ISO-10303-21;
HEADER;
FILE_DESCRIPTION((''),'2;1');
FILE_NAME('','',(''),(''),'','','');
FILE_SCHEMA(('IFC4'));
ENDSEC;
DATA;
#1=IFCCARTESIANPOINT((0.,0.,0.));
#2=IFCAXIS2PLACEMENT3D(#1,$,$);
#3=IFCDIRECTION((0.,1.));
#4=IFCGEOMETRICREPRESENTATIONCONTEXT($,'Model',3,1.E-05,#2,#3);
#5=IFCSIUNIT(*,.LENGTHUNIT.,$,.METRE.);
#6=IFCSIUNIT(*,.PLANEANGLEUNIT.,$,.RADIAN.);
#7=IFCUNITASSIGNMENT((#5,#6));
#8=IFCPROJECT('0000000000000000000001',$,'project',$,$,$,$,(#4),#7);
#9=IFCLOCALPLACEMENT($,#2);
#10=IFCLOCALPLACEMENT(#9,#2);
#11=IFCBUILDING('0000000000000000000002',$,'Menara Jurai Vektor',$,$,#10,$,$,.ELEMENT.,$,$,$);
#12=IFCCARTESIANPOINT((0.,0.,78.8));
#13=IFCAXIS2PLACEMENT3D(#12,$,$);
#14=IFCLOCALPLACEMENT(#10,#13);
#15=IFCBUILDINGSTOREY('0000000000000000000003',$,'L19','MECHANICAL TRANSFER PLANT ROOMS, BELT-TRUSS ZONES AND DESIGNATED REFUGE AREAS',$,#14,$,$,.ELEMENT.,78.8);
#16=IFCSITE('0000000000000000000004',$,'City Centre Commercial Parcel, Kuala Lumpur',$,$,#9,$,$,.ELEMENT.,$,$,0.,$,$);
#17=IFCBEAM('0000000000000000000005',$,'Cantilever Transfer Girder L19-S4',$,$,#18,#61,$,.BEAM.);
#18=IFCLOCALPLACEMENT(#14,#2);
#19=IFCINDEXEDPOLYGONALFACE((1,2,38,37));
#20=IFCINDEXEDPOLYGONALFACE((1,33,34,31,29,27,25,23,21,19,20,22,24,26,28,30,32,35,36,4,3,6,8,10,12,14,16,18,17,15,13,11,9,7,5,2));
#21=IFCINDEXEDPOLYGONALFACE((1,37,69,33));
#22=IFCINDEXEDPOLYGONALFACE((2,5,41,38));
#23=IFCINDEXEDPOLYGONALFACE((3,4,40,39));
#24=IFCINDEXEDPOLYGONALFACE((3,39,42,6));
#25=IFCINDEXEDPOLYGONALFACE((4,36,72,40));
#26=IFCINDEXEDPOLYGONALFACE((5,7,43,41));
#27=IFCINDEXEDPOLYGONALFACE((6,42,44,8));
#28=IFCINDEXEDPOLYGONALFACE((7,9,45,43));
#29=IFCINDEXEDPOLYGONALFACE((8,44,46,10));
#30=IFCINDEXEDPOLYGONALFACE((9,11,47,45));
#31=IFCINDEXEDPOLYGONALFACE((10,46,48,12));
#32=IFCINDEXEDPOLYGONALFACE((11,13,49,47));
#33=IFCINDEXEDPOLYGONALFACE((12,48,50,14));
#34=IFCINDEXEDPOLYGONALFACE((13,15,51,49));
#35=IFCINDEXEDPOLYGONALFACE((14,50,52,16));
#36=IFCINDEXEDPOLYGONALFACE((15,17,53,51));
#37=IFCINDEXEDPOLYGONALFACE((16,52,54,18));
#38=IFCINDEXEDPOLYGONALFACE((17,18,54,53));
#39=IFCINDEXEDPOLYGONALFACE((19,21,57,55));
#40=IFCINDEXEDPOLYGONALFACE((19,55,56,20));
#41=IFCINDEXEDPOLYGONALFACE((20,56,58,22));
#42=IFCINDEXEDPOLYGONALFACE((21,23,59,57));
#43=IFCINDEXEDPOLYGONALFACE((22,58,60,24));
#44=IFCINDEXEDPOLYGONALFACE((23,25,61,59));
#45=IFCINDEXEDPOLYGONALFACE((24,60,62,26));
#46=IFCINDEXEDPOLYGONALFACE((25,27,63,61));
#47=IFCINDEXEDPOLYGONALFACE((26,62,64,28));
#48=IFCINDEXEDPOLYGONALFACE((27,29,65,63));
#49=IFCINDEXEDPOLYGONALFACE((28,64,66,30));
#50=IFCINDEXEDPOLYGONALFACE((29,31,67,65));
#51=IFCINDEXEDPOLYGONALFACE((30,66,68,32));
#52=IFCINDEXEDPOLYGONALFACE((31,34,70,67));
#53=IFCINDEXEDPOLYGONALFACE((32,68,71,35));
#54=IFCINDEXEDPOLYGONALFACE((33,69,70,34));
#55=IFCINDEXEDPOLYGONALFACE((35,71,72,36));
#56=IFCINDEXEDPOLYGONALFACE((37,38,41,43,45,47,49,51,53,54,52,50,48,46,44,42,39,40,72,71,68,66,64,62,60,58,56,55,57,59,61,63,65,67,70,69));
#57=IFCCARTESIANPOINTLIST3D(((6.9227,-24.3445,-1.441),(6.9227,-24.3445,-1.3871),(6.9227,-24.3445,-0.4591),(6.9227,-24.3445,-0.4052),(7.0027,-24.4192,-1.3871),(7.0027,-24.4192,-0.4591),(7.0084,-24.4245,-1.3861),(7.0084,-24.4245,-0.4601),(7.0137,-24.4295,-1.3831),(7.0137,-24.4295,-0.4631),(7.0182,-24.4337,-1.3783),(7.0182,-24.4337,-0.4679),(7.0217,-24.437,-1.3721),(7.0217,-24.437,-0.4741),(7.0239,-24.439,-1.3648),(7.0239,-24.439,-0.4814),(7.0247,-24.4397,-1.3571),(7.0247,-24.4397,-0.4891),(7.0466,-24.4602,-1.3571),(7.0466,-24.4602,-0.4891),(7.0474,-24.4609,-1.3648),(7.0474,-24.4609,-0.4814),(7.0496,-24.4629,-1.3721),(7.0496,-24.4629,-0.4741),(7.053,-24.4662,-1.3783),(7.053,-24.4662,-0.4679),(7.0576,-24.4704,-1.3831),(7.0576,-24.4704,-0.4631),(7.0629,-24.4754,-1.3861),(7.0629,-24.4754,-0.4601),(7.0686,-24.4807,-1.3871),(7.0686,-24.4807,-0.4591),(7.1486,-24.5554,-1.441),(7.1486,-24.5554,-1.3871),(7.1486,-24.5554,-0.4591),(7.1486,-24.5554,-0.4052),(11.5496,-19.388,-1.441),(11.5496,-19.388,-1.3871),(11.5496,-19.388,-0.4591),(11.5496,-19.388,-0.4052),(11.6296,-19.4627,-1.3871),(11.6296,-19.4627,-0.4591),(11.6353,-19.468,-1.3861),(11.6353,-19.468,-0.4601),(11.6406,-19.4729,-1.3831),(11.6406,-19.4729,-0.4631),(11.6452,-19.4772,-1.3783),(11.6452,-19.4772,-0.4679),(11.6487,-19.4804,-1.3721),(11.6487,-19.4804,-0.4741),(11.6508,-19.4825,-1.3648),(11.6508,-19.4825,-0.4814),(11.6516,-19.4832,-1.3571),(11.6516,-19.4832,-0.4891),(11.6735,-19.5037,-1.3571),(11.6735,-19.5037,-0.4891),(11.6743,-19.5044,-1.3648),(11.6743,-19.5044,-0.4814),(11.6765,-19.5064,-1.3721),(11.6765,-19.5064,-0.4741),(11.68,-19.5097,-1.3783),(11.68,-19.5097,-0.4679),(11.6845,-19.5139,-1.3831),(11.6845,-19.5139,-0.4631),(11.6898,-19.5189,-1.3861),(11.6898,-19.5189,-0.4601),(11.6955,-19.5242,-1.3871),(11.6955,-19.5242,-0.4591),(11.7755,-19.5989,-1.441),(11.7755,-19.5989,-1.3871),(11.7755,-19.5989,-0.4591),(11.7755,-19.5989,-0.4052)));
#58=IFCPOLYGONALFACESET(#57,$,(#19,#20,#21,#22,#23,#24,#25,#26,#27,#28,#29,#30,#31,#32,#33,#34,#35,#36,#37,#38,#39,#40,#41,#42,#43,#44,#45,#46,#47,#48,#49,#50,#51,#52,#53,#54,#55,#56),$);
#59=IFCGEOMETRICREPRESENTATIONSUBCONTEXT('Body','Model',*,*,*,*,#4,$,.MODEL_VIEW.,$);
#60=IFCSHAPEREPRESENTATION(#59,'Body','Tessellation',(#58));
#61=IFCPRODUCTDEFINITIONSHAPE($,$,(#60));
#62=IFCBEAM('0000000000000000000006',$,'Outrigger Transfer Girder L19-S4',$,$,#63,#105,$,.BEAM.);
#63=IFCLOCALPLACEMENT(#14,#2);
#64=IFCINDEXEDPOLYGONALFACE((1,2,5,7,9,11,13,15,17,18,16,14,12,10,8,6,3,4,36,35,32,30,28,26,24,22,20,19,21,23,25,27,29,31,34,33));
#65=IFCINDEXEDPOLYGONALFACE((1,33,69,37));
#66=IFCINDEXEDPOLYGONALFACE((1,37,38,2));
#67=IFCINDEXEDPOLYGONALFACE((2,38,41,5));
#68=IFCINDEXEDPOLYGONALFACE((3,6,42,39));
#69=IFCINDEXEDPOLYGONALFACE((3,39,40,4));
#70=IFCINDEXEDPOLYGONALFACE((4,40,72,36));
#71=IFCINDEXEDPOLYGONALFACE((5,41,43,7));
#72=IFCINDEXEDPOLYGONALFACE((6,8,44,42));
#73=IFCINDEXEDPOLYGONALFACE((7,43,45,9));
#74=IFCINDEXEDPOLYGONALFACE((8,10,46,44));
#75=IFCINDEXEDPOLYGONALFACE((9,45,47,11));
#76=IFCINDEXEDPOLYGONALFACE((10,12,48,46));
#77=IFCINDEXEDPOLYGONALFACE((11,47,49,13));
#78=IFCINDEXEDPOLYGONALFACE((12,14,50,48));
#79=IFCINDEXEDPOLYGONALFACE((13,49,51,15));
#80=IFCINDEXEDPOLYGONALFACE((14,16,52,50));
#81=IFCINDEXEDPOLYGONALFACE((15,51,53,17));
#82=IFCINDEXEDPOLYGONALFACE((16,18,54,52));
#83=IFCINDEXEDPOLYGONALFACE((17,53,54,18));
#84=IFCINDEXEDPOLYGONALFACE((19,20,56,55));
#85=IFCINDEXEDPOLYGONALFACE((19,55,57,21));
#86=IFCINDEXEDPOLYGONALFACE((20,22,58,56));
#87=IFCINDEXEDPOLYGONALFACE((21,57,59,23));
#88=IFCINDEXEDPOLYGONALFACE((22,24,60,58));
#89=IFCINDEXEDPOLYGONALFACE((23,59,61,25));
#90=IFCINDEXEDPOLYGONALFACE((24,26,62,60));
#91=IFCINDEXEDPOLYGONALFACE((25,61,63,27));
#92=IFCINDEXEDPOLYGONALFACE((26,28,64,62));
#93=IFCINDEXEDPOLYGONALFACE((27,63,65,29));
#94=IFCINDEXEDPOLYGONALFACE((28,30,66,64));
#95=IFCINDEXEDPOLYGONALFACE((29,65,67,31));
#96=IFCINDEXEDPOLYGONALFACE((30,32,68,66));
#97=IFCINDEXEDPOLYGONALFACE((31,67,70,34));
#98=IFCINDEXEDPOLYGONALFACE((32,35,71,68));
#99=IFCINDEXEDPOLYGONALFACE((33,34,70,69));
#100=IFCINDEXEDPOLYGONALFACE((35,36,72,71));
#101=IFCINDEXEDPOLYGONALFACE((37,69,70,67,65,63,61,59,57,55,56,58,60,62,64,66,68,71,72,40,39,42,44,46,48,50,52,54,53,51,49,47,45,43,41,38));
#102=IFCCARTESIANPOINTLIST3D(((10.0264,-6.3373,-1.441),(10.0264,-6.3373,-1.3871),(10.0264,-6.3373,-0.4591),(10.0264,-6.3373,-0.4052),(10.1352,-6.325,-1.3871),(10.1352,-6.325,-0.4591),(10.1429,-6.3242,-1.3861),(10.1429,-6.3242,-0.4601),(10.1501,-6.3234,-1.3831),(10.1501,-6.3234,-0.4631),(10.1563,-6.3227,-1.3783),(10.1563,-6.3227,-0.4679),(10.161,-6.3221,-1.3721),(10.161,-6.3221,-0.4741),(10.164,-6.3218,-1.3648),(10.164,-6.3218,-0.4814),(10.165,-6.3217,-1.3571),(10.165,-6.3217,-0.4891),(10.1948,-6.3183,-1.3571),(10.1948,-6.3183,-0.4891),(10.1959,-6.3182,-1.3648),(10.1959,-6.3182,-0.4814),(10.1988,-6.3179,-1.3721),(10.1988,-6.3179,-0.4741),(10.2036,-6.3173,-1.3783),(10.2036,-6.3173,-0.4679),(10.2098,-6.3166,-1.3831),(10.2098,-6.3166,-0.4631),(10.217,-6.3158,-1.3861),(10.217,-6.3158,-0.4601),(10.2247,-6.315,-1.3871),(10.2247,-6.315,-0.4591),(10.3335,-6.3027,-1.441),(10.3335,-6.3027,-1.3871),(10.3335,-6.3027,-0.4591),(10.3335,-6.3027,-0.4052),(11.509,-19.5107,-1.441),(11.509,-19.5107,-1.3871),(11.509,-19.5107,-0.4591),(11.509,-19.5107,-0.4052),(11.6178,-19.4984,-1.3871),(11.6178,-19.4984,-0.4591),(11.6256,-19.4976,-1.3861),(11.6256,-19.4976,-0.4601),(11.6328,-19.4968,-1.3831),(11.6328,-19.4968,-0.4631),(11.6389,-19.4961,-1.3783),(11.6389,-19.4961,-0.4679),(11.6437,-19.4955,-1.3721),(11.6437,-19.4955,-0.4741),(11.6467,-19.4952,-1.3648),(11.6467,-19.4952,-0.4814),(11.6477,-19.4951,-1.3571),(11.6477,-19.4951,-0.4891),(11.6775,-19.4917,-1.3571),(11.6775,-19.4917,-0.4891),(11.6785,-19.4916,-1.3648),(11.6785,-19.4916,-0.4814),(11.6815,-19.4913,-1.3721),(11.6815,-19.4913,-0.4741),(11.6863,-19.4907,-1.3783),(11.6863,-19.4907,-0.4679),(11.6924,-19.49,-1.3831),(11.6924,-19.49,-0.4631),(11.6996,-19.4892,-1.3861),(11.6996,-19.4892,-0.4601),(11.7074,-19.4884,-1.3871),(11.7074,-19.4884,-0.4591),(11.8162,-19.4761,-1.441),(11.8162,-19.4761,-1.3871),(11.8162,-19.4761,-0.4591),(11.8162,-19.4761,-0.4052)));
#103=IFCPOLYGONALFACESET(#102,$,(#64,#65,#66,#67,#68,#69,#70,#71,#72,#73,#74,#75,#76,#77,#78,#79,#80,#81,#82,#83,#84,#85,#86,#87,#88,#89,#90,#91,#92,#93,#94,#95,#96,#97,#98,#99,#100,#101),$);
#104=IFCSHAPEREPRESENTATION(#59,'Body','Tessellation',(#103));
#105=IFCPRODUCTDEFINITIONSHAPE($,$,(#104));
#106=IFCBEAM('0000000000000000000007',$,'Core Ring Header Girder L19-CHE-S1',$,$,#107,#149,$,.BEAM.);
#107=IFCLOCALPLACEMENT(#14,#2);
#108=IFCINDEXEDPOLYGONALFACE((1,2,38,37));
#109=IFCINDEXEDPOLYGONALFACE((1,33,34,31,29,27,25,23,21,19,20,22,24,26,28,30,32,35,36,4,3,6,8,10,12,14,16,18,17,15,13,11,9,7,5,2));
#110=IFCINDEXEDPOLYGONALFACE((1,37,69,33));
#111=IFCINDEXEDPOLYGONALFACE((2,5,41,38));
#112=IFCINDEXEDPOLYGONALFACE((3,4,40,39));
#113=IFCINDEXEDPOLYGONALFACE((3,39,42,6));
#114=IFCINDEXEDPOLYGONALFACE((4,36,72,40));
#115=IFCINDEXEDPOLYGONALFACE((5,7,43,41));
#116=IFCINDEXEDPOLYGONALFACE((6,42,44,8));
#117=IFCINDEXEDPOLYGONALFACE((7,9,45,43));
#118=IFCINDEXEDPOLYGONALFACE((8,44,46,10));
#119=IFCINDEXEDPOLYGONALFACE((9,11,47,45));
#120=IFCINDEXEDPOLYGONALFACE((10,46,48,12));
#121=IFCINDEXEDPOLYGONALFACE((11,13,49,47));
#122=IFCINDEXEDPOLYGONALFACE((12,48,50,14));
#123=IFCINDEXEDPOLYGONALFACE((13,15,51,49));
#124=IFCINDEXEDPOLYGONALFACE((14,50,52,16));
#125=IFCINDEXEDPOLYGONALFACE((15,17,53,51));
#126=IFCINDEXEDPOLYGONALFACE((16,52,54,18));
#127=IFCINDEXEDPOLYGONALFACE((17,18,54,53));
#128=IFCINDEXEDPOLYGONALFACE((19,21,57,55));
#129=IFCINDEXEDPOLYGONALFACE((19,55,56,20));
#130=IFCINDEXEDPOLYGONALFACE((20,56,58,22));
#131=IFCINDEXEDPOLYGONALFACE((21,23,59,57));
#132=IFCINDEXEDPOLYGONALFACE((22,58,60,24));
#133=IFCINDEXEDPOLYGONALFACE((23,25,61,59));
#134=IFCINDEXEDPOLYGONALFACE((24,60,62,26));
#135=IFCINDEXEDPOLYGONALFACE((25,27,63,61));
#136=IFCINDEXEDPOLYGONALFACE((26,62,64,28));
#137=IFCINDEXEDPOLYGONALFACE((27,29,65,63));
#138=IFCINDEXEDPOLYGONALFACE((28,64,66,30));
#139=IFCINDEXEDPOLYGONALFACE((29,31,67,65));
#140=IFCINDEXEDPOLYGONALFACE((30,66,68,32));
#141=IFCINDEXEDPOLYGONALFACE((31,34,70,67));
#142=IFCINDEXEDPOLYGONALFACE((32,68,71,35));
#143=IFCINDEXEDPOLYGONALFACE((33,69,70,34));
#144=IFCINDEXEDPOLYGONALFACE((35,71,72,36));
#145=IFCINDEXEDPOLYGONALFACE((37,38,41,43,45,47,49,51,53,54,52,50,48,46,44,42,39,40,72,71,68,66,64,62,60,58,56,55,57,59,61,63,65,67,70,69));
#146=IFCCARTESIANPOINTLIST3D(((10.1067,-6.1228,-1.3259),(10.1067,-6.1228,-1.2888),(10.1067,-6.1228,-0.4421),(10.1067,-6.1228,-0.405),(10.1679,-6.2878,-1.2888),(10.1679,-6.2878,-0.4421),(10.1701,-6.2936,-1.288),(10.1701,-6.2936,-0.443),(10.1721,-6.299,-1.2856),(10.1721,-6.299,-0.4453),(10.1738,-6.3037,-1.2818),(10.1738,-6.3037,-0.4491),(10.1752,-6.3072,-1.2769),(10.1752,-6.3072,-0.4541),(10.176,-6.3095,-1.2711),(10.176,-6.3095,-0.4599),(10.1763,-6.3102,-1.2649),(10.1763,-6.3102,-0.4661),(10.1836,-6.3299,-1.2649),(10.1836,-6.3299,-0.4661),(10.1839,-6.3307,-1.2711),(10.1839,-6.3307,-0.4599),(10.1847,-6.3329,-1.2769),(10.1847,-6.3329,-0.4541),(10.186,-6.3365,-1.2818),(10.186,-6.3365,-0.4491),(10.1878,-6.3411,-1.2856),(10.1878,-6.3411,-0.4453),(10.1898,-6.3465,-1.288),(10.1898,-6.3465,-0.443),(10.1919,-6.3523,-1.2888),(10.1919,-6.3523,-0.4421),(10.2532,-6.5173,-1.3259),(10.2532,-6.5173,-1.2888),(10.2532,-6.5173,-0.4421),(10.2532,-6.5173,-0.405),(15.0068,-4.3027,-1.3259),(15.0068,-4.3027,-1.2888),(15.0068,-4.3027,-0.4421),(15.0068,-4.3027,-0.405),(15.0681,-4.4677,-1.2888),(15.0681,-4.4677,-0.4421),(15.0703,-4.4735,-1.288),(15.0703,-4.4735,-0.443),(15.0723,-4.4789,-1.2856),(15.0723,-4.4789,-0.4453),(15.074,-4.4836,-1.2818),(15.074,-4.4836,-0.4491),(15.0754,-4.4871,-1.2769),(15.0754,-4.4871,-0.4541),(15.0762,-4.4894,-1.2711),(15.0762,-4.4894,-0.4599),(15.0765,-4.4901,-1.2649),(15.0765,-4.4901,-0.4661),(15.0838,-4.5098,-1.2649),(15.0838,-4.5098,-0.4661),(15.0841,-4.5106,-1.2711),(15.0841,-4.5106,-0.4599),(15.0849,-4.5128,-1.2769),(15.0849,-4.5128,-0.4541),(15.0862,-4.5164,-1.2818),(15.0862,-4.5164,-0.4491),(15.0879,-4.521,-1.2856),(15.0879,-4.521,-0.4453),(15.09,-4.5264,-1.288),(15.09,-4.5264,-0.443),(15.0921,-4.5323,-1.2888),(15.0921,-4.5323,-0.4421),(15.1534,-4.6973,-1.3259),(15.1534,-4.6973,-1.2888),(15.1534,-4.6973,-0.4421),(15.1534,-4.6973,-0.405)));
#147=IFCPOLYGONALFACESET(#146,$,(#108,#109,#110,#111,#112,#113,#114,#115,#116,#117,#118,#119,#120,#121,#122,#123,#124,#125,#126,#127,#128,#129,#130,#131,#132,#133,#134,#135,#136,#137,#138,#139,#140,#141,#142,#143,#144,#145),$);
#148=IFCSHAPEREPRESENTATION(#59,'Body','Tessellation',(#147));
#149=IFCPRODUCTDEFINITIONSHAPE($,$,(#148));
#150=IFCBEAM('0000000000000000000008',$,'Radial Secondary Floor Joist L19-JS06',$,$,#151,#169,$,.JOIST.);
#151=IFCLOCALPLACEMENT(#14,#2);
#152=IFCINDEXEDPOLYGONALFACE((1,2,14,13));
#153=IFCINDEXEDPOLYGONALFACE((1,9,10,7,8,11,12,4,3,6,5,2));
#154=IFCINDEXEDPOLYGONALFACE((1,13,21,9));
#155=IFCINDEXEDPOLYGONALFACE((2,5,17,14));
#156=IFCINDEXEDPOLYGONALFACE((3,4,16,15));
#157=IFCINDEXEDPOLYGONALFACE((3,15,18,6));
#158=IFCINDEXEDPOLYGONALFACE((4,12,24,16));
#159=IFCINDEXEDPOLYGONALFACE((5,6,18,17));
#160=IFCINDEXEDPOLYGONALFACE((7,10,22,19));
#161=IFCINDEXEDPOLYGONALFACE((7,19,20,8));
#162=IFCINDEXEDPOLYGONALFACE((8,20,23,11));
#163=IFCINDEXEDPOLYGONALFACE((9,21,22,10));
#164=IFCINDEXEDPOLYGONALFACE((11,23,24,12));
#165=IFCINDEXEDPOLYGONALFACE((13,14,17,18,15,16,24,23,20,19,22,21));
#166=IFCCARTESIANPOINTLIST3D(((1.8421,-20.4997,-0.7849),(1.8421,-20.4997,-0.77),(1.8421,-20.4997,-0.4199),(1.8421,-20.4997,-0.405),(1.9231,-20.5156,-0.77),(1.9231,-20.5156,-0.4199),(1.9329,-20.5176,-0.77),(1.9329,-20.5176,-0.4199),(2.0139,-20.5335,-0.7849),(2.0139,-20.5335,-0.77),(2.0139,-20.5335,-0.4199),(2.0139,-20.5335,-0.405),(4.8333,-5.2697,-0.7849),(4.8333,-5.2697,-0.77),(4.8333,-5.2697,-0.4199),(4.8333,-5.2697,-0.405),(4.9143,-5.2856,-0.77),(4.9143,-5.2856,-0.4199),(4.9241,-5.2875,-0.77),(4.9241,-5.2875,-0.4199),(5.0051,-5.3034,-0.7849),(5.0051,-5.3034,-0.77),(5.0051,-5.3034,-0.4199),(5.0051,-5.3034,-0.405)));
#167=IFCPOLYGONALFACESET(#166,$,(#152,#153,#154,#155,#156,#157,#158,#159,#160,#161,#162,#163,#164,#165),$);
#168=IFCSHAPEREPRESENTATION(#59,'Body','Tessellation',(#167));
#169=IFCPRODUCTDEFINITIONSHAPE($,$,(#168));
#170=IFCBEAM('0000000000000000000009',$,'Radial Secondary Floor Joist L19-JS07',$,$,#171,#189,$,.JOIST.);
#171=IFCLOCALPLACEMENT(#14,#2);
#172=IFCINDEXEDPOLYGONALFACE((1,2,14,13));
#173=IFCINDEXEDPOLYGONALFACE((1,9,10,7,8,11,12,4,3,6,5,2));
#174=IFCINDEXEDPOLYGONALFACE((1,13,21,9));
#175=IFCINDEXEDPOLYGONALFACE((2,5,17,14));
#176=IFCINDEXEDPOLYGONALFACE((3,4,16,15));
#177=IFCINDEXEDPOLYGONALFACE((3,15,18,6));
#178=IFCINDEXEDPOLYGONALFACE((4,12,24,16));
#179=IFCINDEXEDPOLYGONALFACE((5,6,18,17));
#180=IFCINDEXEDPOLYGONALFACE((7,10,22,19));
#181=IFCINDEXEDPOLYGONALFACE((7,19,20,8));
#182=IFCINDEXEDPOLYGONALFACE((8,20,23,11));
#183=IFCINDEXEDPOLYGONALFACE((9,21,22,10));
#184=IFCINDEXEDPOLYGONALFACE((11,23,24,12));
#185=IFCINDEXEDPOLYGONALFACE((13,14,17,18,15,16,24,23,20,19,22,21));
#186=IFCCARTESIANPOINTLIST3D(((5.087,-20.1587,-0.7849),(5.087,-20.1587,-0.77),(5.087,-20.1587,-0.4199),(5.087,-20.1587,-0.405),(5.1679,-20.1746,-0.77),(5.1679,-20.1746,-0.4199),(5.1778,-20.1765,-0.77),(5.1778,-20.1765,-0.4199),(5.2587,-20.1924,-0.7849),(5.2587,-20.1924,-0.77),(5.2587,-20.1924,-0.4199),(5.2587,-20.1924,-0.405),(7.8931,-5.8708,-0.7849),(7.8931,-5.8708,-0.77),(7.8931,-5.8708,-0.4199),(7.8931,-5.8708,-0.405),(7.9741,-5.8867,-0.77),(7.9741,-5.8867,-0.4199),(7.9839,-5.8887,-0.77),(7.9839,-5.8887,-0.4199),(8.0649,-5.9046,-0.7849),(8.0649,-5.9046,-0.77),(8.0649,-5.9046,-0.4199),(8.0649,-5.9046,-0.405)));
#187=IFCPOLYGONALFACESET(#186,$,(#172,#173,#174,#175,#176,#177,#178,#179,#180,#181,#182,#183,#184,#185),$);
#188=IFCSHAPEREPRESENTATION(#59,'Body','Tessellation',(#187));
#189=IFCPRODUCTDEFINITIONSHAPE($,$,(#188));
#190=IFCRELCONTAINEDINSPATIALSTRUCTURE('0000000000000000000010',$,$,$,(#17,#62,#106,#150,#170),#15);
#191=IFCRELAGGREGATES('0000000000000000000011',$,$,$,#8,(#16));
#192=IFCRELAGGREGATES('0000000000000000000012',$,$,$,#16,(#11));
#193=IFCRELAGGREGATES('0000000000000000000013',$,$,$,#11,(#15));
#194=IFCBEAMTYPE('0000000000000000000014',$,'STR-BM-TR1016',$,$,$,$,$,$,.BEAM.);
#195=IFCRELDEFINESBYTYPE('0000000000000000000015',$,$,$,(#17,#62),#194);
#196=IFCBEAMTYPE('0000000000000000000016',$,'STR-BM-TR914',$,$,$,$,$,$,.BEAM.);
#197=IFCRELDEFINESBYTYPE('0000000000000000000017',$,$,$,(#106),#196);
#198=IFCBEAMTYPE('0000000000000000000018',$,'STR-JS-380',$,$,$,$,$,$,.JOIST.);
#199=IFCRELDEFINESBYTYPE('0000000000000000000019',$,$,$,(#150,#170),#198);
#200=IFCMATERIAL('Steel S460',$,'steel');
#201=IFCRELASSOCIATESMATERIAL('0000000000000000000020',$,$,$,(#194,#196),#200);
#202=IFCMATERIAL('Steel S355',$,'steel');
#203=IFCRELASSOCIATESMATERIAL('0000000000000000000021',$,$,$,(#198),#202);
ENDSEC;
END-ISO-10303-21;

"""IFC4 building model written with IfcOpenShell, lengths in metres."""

from ifc_helpers import new_model, si_unit, direction, frame, origin, origin_2d, place, context, subcontext, project, spatial, i_section, extrude, material, material_profile, profile_set, type_object, element, save


model = new_model("IFC4")

# Units and contexts
model_context = context("Model", 3, precision=1e-05, world=origin(), true_north=direction((0.0, 1.0)))
body_context = subcontext(model_context, "Body", "Model", "MODEL_VIEW")
ifc_project = project(units=[si_unit("LENGTHUNIT", "METRE"), si_unit("PLANEANGLEUNIT", "RADIAN")], contexts=[model_context])

# Site, building, storey
site_placement = place(None, origin())
site = spatial("IfcSite", under=ifc_project, at=site_placement, Name="City Centre Commercial Parcel, Kuala Lumpur", CompositionType="ELEMENT", RefElevation=0.0)
building_placement = place(site_placement, origin())
building = spatial("IfcBuilding", under=site, at=building_placement, Name="Menara Jurai Vektor", CompositionType="ELEMENT")
storey_placement = place(building_placement, frame((0.0, 0.0, 78.8)))
storey = spatial("IfcBuildingStorey", under=building, at=storey_placement, Name="L19", Description="MECHANICAL TRANSFER PLANT ROOMS, BELT-TRUSS ZONES AND DESIGNATED REFUGE AREAS", CompositionType="ELEMENT", Elevation=78.8)

# Shared definitions
ifc_material_1 = material(Name="Steel S460", Category="steel")

# Beams
ifc_material_2 = material(Name="Steel S355", Category="steel")
ifc_material_profile_1 = material_profile(ifc_material_1, i_section(OverallWidth=0.3091, OverallDepth=1.0359, WebThickness=0.03, FlangeThickness=0.054, FilletRadius=0.03, at=origin_2d()), Name="UKB 1016x305x487")
ifc_profile_set_1 = profile_set([ifc_material_profile_1], Name="Steel S460")
beam_type_1 = type_object("IfcBeamType", Name="STR-BM-TR1016", PredefinedType="BEAM", material=ifc_profile_set_1)
beam_1_placement = place(storey_placement, frame((7.0356, -24.45, -0.9231), z_axis=(0.682385, 0.730993, 0.0), x_axis=(-0.730993, 0.682385, 0.0)))
element("IfcBeam", 1, at=beam_1_placement, inside=storey, type_object=beam_type_1, Name="Cantilever Transfer Girder L19-S4", PredefinedType="BEAM", context=body_context, shape_type="SweptSolid", body=[
    extrude(i_section(OverallWidth=0.3091, OverallDepth=1.0359, WebThickness=0.03, FlangeThickness=0.054, FilletRadius=0.03, at=origin_2d()), origin(), (0.0, 0.0, 1.0), 6.7805),
])
beam_2_placement = place(storey_placement, frame((11.6626, -19.4934, -0.9231), z_axis=(-0.111844, 0.993726, 0.0), x_axis=(-0.993726, -0.111844, 0.0)))
element("IfcBeam", 2, at=beam_2_placement, inside=storey, type_object=beam_type_1, Name="Outrigger Transfer Girder L19-S4", PredefinedType="BEAM", context=body_context, shape_type="SweptSolid", body=[
    extrude(i_section(OverallWidth=0.3091, OverallDepth=1.0359, WebThickness=0.03, FlangeThickness=0.054, FilletRadius=0.03, at=origin_2d()), origin(), (0.0, 0.0, 1.0), 13.2566),
])
ifc_material_profile_2 = material_profile(ifc_material_1, i_section(OverallWidth=0.4209, OverallDepth=0.9209, WebThickness=0.021, FlangeThickness=0.0371, FilletRadius=0.0239, at=origin_2d()), Name="UKB 914x419x388")
ifc_profile_set_2 = profile_set([ifc_material_profile_2], Name="Steel S460")
beam_type_2 = type_object("IfcBeamType", Name="STR-BM-TR914", PredefinedType="BEAM", material=ifc_profile_set_2)
beam_3_placement = place(storey_placement, frame((10.1799, -6.3201, -0.8655), z_axis=(0.937424, 0.348189, 0.0), x_axis=(-0.348189, 0.937424, 0.0)))
element("IfcBeam", 3, at=beam_3_placement, inside=storey, type_object=beam_type_2, Name="Core Ring Header Girder L19-CHE-S1", PredefinedType="BEAM", context=body_context, shape_type="SweptSolid", body=[
    extrude(i_section(OverallWidth=0.4209, OverallDepth=0.9209, WebThickness=0.021, FlangeThickness=0.0371, FilletRadius=0.0239, at=origin_2d()), origin(), (0.0, 0.0, 1.0), 5.2273),
])
ifc_material_profile_3 = material_profile(ifc_material_2, i_section(OverallWidth=0.175, OverallDepth=0.3799, WebThickness=0.01, FlangeThickness=0.0149, at=origin_2d()), Name="PG 380x175x58")
ifc_profile_set_3 = profile_set([ifc_material_profile_3], Name="Steel S355")
beam_type_3 = type_object("IfcBeamType", Name="STR-JS-380", PredefinedType="JOIST", material=ifc_profile_set_3)
beam_4_placement = place(storey_placement, frame((1.928, -20.5166, -0.595), z_axis=(0.192721, 0.981254, 0.0), x_axis=(-0.981254, 0.192721, 0.0)))
element("IfcBeam", 4, at=beam_4_placement, inside=storey, type_object=beam_type_3, Name="Radial Secondary Floor Joist L19-JS06", PredefinedType="JOIST", context=body_context, shape_type="SweptSolid", body=[
    extrude(i_section(OverallWidth=0.175, OverallDepth=0.3799, WebThickness=0.01, FlangeThickness=0.0149, at=origin_2d()), origin(), (0.0, 0.0, 1.0), 15.521),
])
beam_5_placement = place(storey_placement, frame((5.1729, -20.1755, -0.595), z_axis=(0.19272, 0.981254, 0.0), x_axis=(-0.981254, 0.19272, 0.0)))
element("IfcBeam", 5, at=beam_5_placement, inside=storey, type_object=beam_type_3, Name="Radial Secondary Floor Joist L19-JS07", PredefinedType="JOIST", context=body_context, shape_type="SweptSolid", body=[
    extrude(i_section(OverallWidth=0.175, OverallDepth=0.3799, WebThickness=0.01, FlangeThickness=0.0149, at=origin_2d()), origin(), (0.0, 0.0, 1.0), 14.5608),
])

save(model, "model.ifc")
